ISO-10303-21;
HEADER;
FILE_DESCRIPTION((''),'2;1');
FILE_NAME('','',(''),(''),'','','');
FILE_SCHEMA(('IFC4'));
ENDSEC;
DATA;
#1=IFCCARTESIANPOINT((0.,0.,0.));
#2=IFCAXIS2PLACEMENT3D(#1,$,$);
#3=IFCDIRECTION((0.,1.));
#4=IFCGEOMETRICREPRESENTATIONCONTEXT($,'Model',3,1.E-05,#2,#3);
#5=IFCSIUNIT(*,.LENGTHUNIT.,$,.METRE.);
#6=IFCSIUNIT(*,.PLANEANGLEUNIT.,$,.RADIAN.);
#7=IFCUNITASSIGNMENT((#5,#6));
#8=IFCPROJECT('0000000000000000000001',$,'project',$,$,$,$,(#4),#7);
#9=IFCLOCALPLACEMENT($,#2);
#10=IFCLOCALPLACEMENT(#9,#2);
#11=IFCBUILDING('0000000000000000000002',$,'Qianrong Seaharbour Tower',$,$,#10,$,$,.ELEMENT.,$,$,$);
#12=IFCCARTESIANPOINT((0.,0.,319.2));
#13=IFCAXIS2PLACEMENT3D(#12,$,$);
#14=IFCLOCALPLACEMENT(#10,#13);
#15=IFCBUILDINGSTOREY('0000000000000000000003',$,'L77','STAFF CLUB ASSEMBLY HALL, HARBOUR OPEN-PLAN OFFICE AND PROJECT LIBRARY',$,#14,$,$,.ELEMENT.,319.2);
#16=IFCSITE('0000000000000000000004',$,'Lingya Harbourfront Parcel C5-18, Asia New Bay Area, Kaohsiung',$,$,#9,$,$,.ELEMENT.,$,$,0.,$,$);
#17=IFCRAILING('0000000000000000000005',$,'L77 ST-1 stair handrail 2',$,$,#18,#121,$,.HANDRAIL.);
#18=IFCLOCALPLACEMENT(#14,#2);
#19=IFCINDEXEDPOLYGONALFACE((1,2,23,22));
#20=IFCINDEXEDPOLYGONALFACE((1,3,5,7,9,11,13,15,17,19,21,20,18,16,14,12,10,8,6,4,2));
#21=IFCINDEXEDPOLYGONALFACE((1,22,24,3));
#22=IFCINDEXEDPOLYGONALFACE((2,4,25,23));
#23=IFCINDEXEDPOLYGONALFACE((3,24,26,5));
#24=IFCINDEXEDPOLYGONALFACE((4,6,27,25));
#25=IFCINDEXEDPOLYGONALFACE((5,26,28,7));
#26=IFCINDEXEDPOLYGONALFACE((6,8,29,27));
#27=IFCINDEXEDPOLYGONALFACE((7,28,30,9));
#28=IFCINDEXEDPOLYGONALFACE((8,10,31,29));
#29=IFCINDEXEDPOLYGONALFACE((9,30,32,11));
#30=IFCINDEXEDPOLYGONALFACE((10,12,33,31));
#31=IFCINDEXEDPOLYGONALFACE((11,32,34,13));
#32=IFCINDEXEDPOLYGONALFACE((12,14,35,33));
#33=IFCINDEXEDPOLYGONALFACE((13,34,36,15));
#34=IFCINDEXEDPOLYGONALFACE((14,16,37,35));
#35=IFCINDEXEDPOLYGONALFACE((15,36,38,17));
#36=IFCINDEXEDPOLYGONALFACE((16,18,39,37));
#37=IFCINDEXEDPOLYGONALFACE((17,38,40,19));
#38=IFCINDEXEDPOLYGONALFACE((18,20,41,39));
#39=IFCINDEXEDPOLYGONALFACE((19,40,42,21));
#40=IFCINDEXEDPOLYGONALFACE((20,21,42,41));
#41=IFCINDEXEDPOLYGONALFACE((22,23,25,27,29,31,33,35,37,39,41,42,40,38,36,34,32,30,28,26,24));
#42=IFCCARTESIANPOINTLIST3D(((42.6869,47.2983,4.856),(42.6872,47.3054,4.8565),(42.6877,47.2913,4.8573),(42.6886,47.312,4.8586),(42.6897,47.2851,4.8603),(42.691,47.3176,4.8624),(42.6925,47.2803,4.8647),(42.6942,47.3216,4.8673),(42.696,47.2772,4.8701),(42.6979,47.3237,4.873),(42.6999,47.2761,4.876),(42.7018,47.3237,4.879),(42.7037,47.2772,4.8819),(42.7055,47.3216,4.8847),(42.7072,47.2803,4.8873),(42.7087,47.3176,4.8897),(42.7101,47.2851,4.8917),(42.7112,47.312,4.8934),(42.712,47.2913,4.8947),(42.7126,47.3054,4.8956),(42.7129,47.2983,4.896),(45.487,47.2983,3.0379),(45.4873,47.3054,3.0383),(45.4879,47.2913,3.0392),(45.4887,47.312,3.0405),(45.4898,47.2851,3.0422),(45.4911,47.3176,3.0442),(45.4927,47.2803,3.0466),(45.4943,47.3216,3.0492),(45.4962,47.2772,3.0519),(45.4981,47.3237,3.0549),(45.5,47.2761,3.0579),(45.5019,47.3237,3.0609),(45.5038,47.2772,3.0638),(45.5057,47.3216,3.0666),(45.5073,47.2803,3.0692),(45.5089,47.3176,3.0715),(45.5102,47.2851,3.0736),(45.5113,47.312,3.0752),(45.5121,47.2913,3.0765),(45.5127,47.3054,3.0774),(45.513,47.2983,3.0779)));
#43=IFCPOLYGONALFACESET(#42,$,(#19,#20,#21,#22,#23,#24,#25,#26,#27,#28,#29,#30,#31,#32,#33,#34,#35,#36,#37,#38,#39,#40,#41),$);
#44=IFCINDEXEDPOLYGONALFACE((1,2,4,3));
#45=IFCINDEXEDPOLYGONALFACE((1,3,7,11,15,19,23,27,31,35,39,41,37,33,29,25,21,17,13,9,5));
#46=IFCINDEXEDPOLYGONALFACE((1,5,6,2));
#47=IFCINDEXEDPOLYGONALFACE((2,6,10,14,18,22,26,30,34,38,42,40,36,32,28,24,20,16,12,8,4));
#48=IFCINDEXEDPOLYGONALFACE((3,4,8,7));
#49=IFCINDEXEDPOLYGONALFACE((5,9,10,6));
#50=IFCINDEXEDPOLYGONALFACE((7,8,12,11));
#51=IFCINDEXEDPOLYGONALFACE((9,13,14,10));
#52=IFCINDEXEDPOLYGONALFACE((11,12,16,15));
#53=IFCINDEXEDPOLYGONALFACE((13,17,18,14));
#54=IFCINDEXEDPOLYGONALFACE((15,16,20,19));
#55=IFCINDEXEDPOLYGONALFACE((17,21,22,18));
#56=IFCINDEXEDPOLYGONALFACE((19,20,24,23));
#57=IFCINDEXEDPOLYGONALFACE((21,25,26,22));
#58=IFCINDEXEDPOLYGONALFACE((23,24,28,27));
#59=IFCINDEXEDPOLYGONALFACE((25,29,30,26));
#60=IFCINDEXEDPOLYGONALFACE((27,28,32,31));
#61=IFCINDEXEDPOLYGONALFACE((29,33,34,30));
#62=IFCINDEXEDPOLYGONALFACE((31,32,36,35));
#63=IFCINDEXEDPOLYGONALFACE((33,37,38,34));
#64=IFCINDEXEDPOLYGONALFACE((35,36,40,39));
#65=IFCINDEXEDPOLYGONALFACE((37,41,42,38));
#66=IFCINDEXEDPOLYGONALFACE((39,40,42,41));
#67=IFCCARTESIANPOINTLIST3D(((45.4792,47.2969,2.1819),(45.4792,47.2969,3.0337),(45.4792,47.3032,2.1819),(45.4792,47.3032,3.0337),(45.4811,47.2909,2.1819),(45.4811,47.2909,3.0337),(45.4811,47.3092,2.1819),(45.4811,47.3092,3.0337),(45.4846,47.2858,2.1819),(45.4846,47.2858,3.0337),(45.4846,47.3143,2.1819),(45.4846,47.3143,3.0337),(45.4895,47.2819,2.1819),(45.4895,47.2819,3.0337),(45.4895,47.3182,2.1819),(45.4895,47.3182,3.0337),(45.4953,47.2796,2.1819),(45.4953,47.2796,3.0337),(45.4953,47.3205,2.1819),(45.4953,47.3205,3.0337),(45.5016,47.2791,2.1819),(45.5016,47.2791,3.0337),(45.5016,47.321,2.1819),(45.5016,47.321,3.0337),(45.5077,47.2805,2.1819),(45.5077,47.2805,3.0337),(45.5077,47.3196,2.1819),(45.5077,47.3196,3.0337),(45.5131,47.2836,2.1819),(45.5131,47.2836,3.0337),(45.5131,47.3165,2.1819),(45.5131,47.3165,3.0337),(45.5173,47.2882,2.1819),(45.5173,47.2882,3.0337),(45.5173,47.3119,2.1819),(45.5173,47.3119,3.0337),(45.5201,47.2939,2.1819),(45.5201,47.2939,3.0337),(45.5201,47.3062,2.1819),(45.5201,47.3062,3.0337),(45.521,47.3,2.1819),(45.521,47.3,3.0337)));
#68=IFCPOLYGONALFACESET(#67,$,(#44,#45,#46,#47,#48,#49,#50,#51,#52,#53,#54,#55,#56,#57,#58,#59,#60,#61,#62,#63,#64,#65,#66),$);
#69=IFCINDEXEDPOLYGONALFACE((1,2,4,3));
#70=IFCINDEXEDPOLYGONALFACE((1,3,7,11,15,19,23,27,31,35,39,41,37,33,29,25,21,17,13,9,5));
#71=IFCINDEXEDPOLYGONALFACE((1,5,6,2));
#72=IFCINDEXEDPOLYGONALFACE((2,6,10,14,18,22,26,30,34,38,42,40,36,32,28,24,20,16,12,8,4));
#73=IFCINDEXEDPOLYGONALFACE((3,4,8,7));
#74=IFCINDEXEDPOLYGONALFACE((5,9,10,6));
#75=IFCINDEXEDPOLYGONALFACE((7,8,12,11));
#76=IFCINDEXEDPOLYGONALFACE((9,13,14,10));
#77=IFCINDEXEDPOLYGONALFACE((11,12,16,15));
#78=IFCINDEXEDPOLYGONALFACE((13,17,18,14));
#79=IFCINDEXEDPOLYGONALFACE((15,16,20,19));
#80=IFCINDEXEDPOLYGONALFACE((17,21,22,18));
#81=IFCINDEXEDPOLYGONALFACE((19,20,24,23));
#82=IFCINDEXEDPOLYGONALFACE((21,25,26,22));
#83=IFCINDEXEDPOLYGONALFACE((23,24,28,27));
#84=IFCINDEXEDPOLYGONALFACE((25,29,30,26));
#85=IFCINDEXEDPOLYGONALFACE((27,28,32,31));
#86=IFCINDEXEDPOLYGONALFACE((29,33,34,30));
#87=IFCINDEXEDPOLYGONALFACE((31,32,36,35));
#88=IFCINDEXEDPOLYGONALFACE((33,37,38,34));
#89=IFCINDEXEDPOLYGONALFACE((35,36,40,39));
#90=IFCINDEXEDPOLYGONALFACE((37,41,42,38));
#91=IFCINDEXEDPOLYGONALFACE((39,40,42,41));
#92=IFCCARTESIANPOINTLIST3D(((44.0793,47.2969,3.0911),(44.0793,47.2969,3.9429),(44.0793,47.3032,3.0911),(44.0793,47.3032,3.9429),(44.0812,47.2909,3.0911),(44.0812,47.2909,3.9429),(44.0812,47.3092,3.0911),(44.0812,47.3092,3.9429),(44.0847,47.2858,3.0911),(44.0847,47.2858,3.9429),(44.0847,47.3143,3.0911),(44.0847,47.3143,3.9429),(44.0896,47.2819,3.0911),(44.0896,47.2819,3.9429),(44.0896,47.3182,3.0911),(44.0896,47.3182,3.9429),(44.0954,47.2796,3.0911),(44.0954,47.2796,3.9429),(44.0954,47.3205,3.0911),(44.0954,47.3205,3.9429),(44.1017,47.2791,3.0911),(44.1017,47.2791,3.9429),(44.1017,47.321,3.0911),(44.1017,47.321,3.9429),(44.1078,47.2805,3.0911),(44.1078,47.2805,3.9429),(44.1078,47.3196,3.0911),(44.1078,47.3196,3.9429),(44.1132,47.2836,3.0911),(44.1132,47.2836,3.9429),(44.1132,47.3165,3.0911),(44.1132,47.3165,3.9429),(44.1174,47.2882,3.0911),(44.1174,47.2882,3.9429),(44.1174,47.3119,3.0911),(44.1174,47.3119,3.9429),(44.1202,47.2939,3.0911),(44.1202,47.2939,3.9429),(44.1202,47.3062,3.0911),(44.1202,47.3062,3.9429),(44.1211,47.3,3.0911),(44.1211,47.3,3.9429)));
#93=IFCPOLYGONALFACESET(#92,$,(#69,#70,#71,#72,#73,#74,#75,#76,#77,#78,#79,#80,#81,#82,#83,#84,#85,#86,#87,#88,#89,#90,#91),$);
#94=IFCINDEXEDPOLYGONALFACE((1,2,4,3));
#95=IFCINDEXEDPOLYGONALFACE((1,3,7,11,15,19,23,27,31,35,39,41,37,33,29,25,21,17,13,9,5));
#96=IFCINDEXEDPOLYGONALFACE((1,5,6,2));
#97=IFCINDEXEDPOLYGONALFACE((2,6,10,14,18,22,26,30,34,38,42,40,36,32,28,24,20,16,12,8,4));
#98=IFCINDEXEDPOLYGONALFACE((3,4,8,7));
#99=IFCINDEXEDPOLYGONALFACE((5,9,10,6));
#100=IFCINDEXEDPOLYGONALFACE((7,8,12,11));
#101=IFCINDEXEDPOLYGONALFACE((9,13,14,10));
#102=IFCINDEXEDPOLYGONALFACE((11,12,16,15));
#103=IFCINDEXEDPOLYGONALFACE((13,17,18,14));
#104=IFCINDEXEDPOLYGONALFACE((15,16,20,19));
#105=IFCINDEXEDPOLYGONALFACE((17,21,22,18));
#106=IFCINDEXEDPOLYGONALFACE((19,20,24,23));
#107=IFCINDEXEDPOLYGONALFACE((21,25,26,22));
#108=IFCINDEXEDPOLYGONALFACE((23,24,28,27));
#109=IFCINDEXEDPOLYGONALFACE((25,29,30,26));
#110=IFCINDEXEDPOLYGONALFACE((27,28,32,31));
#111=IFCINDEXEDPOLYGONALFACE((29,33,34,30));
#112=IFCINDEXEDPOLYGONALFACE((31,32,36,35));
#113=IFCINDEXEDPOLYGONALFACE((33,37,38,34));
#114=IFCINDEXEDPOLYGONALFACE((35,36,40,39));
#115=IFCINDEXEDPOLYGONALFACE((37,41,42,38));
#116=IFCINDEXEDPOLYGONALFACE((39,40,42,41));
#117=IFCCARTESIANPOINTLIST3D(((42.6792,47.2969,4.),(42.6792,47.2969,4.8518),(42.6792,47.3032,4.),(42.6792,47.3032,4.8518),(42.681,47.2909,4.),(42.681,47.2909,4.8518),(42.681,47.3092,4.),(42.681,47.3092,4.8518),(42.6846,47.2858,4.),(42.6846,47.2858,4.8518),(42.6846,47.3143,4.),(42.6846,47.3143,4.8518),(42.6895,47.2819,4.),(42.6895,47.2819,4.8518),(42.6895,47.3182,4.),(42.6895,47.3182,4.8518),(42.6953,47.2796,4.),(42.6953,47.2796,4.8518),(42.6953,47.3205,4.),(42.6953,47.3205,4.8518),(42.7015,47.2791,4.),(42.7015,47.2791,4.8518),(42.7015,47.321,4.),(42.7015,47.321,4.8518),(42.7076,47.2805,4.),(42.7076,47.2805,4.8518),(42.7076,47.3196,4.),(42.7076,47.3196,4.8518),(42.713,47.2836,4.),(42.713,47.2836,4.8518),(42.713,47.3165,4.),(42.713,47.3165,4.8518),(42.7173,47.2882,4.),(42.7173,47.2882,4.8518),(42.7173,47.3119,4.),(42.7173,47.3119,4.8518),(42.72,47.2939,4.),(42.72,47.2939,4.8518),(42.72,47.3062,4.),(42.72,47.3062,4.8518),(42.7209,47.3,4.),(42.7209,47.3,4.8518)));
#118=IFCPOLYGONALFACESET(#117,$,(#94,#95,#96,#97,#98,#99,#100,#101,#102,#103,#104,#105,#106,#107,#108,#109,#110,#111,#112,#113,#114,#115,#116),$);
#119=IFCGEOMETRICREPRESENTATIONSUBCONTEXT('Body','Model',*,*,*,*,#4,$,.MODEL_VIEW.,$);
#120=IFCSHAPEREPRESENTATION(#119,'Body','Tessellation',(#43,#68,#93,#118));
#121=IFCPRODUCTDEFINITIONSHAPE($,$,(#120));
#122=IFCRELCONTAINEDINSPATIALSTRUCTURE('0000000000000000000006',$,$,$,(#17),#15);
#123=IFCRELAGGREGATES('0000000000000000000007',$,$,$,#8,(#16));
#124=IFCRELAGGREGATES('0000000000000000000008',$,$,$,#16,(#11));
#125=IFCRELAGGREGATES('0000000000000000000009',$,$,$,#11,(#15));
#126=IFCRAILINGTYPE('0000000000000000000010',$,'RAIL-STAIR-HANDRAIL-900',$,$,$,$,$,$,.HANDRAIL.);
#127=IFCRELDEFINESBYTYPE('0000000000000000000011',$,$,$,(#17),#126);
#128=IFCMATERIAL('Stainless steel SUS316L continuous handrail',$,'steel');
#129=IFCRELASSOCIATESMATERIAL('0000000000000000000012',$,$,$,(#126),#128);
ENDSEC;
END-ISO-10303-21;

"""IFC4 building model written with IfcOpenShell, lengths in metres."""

from ifc_helpers import new_model, si_unit, direction, frame, origin, origin_2d, place, context, subcontext, project, spatial, circle, extrude, material, type_object, element, save


model = new_model("IFC4")

# Units and contexts
model_context = context("Model", 3, precision=1e-05, world=origin(), true_north=direction((0.0, 1.0)))
body_context = subcontext(model_context, "Body", "Model", "MODEL_VIEW")
ifc_project = project(units=[si_unit("LENGTHUNIT", "METRE"), si_unit("PLANEANGLEUNIT", "RADIAN")], contexts=[model_context])

# Site, building, storey
site_placement = place(None, origin())
site = spatial("IfcSite", under=ifc_project, at=site_placement, Name="Lingya Harbourfront Parcel C5-18, Asia New Bay Area, Kaohsiung", CompositionType="ELEMENT", RefElevation=0.0)
building_placement = place(site_placement, origin())
building = spatial("IfcBuilding", under=site, at=building_placement, Name="Qianrong Seaharbour Tower", CompositionType="ELEMENT")
storey_placement = place(building_placement, frame((0.0, 0.0, 319.2)))
storey = spatial("IfcBuildingStorey", under=building, at=storey_placement, Name="L77", Description="STAFF CLUB ASSEMBLY HALL, HARBOUR OPEN-PLAN OFFICE AND PROJECT LIBRARY", CompositionType="ELEMENT", Elevation=319.2)

# Railing
ifc_material_1 = material(Name="Stainless steel SUS316L continuous handrail", Category="steel")
railing_type_1 = type_object("IfcRailingType", Name="RAIL-STAIR-HANDRAIL-900", PredefinedType="HANDRAIL", material=ifc_material_1)
railing_1_placement = place(storey_placement, frame((45.5, 47.3, 2.1819)))
element("IfcRailing", 1, at=railing_1_placement, inside=storey, type_object=railing_type_1, Name="L77 ST-1 stair handrail 2", PredefinedType="HANDRAIL", context=body_context, shape_type="SweptSolid", body=[
    extrude(circle(Radius=0.0239, at=origin_2d()), frame((0.0, 0.0, 0.876), z_axis=(-0.838706, 0.0, 0.544585), x_axis=(0.0, -1.0, 0.0)), (0.0, 0.0, 1.0), 3.3386),
    extrude(circle(Radius=0.021, at=origin_2d()), origin(), (0.0, 0.0, 1.0), 0.8518),
    extrude(circle(Radius=0.021, at=origin_2d()), frame((-1.3999, 0.0, 0.9092)), (0.0, 0.0, 1.0), 0.8518),
    extrude(circle(Radius=0.021, at=origin_2d()), frame((-2.8, 0.0, 1.8181)), (0.0, 0.0, 1.0), 0.8518),
])

save(model, "model.ifc")
